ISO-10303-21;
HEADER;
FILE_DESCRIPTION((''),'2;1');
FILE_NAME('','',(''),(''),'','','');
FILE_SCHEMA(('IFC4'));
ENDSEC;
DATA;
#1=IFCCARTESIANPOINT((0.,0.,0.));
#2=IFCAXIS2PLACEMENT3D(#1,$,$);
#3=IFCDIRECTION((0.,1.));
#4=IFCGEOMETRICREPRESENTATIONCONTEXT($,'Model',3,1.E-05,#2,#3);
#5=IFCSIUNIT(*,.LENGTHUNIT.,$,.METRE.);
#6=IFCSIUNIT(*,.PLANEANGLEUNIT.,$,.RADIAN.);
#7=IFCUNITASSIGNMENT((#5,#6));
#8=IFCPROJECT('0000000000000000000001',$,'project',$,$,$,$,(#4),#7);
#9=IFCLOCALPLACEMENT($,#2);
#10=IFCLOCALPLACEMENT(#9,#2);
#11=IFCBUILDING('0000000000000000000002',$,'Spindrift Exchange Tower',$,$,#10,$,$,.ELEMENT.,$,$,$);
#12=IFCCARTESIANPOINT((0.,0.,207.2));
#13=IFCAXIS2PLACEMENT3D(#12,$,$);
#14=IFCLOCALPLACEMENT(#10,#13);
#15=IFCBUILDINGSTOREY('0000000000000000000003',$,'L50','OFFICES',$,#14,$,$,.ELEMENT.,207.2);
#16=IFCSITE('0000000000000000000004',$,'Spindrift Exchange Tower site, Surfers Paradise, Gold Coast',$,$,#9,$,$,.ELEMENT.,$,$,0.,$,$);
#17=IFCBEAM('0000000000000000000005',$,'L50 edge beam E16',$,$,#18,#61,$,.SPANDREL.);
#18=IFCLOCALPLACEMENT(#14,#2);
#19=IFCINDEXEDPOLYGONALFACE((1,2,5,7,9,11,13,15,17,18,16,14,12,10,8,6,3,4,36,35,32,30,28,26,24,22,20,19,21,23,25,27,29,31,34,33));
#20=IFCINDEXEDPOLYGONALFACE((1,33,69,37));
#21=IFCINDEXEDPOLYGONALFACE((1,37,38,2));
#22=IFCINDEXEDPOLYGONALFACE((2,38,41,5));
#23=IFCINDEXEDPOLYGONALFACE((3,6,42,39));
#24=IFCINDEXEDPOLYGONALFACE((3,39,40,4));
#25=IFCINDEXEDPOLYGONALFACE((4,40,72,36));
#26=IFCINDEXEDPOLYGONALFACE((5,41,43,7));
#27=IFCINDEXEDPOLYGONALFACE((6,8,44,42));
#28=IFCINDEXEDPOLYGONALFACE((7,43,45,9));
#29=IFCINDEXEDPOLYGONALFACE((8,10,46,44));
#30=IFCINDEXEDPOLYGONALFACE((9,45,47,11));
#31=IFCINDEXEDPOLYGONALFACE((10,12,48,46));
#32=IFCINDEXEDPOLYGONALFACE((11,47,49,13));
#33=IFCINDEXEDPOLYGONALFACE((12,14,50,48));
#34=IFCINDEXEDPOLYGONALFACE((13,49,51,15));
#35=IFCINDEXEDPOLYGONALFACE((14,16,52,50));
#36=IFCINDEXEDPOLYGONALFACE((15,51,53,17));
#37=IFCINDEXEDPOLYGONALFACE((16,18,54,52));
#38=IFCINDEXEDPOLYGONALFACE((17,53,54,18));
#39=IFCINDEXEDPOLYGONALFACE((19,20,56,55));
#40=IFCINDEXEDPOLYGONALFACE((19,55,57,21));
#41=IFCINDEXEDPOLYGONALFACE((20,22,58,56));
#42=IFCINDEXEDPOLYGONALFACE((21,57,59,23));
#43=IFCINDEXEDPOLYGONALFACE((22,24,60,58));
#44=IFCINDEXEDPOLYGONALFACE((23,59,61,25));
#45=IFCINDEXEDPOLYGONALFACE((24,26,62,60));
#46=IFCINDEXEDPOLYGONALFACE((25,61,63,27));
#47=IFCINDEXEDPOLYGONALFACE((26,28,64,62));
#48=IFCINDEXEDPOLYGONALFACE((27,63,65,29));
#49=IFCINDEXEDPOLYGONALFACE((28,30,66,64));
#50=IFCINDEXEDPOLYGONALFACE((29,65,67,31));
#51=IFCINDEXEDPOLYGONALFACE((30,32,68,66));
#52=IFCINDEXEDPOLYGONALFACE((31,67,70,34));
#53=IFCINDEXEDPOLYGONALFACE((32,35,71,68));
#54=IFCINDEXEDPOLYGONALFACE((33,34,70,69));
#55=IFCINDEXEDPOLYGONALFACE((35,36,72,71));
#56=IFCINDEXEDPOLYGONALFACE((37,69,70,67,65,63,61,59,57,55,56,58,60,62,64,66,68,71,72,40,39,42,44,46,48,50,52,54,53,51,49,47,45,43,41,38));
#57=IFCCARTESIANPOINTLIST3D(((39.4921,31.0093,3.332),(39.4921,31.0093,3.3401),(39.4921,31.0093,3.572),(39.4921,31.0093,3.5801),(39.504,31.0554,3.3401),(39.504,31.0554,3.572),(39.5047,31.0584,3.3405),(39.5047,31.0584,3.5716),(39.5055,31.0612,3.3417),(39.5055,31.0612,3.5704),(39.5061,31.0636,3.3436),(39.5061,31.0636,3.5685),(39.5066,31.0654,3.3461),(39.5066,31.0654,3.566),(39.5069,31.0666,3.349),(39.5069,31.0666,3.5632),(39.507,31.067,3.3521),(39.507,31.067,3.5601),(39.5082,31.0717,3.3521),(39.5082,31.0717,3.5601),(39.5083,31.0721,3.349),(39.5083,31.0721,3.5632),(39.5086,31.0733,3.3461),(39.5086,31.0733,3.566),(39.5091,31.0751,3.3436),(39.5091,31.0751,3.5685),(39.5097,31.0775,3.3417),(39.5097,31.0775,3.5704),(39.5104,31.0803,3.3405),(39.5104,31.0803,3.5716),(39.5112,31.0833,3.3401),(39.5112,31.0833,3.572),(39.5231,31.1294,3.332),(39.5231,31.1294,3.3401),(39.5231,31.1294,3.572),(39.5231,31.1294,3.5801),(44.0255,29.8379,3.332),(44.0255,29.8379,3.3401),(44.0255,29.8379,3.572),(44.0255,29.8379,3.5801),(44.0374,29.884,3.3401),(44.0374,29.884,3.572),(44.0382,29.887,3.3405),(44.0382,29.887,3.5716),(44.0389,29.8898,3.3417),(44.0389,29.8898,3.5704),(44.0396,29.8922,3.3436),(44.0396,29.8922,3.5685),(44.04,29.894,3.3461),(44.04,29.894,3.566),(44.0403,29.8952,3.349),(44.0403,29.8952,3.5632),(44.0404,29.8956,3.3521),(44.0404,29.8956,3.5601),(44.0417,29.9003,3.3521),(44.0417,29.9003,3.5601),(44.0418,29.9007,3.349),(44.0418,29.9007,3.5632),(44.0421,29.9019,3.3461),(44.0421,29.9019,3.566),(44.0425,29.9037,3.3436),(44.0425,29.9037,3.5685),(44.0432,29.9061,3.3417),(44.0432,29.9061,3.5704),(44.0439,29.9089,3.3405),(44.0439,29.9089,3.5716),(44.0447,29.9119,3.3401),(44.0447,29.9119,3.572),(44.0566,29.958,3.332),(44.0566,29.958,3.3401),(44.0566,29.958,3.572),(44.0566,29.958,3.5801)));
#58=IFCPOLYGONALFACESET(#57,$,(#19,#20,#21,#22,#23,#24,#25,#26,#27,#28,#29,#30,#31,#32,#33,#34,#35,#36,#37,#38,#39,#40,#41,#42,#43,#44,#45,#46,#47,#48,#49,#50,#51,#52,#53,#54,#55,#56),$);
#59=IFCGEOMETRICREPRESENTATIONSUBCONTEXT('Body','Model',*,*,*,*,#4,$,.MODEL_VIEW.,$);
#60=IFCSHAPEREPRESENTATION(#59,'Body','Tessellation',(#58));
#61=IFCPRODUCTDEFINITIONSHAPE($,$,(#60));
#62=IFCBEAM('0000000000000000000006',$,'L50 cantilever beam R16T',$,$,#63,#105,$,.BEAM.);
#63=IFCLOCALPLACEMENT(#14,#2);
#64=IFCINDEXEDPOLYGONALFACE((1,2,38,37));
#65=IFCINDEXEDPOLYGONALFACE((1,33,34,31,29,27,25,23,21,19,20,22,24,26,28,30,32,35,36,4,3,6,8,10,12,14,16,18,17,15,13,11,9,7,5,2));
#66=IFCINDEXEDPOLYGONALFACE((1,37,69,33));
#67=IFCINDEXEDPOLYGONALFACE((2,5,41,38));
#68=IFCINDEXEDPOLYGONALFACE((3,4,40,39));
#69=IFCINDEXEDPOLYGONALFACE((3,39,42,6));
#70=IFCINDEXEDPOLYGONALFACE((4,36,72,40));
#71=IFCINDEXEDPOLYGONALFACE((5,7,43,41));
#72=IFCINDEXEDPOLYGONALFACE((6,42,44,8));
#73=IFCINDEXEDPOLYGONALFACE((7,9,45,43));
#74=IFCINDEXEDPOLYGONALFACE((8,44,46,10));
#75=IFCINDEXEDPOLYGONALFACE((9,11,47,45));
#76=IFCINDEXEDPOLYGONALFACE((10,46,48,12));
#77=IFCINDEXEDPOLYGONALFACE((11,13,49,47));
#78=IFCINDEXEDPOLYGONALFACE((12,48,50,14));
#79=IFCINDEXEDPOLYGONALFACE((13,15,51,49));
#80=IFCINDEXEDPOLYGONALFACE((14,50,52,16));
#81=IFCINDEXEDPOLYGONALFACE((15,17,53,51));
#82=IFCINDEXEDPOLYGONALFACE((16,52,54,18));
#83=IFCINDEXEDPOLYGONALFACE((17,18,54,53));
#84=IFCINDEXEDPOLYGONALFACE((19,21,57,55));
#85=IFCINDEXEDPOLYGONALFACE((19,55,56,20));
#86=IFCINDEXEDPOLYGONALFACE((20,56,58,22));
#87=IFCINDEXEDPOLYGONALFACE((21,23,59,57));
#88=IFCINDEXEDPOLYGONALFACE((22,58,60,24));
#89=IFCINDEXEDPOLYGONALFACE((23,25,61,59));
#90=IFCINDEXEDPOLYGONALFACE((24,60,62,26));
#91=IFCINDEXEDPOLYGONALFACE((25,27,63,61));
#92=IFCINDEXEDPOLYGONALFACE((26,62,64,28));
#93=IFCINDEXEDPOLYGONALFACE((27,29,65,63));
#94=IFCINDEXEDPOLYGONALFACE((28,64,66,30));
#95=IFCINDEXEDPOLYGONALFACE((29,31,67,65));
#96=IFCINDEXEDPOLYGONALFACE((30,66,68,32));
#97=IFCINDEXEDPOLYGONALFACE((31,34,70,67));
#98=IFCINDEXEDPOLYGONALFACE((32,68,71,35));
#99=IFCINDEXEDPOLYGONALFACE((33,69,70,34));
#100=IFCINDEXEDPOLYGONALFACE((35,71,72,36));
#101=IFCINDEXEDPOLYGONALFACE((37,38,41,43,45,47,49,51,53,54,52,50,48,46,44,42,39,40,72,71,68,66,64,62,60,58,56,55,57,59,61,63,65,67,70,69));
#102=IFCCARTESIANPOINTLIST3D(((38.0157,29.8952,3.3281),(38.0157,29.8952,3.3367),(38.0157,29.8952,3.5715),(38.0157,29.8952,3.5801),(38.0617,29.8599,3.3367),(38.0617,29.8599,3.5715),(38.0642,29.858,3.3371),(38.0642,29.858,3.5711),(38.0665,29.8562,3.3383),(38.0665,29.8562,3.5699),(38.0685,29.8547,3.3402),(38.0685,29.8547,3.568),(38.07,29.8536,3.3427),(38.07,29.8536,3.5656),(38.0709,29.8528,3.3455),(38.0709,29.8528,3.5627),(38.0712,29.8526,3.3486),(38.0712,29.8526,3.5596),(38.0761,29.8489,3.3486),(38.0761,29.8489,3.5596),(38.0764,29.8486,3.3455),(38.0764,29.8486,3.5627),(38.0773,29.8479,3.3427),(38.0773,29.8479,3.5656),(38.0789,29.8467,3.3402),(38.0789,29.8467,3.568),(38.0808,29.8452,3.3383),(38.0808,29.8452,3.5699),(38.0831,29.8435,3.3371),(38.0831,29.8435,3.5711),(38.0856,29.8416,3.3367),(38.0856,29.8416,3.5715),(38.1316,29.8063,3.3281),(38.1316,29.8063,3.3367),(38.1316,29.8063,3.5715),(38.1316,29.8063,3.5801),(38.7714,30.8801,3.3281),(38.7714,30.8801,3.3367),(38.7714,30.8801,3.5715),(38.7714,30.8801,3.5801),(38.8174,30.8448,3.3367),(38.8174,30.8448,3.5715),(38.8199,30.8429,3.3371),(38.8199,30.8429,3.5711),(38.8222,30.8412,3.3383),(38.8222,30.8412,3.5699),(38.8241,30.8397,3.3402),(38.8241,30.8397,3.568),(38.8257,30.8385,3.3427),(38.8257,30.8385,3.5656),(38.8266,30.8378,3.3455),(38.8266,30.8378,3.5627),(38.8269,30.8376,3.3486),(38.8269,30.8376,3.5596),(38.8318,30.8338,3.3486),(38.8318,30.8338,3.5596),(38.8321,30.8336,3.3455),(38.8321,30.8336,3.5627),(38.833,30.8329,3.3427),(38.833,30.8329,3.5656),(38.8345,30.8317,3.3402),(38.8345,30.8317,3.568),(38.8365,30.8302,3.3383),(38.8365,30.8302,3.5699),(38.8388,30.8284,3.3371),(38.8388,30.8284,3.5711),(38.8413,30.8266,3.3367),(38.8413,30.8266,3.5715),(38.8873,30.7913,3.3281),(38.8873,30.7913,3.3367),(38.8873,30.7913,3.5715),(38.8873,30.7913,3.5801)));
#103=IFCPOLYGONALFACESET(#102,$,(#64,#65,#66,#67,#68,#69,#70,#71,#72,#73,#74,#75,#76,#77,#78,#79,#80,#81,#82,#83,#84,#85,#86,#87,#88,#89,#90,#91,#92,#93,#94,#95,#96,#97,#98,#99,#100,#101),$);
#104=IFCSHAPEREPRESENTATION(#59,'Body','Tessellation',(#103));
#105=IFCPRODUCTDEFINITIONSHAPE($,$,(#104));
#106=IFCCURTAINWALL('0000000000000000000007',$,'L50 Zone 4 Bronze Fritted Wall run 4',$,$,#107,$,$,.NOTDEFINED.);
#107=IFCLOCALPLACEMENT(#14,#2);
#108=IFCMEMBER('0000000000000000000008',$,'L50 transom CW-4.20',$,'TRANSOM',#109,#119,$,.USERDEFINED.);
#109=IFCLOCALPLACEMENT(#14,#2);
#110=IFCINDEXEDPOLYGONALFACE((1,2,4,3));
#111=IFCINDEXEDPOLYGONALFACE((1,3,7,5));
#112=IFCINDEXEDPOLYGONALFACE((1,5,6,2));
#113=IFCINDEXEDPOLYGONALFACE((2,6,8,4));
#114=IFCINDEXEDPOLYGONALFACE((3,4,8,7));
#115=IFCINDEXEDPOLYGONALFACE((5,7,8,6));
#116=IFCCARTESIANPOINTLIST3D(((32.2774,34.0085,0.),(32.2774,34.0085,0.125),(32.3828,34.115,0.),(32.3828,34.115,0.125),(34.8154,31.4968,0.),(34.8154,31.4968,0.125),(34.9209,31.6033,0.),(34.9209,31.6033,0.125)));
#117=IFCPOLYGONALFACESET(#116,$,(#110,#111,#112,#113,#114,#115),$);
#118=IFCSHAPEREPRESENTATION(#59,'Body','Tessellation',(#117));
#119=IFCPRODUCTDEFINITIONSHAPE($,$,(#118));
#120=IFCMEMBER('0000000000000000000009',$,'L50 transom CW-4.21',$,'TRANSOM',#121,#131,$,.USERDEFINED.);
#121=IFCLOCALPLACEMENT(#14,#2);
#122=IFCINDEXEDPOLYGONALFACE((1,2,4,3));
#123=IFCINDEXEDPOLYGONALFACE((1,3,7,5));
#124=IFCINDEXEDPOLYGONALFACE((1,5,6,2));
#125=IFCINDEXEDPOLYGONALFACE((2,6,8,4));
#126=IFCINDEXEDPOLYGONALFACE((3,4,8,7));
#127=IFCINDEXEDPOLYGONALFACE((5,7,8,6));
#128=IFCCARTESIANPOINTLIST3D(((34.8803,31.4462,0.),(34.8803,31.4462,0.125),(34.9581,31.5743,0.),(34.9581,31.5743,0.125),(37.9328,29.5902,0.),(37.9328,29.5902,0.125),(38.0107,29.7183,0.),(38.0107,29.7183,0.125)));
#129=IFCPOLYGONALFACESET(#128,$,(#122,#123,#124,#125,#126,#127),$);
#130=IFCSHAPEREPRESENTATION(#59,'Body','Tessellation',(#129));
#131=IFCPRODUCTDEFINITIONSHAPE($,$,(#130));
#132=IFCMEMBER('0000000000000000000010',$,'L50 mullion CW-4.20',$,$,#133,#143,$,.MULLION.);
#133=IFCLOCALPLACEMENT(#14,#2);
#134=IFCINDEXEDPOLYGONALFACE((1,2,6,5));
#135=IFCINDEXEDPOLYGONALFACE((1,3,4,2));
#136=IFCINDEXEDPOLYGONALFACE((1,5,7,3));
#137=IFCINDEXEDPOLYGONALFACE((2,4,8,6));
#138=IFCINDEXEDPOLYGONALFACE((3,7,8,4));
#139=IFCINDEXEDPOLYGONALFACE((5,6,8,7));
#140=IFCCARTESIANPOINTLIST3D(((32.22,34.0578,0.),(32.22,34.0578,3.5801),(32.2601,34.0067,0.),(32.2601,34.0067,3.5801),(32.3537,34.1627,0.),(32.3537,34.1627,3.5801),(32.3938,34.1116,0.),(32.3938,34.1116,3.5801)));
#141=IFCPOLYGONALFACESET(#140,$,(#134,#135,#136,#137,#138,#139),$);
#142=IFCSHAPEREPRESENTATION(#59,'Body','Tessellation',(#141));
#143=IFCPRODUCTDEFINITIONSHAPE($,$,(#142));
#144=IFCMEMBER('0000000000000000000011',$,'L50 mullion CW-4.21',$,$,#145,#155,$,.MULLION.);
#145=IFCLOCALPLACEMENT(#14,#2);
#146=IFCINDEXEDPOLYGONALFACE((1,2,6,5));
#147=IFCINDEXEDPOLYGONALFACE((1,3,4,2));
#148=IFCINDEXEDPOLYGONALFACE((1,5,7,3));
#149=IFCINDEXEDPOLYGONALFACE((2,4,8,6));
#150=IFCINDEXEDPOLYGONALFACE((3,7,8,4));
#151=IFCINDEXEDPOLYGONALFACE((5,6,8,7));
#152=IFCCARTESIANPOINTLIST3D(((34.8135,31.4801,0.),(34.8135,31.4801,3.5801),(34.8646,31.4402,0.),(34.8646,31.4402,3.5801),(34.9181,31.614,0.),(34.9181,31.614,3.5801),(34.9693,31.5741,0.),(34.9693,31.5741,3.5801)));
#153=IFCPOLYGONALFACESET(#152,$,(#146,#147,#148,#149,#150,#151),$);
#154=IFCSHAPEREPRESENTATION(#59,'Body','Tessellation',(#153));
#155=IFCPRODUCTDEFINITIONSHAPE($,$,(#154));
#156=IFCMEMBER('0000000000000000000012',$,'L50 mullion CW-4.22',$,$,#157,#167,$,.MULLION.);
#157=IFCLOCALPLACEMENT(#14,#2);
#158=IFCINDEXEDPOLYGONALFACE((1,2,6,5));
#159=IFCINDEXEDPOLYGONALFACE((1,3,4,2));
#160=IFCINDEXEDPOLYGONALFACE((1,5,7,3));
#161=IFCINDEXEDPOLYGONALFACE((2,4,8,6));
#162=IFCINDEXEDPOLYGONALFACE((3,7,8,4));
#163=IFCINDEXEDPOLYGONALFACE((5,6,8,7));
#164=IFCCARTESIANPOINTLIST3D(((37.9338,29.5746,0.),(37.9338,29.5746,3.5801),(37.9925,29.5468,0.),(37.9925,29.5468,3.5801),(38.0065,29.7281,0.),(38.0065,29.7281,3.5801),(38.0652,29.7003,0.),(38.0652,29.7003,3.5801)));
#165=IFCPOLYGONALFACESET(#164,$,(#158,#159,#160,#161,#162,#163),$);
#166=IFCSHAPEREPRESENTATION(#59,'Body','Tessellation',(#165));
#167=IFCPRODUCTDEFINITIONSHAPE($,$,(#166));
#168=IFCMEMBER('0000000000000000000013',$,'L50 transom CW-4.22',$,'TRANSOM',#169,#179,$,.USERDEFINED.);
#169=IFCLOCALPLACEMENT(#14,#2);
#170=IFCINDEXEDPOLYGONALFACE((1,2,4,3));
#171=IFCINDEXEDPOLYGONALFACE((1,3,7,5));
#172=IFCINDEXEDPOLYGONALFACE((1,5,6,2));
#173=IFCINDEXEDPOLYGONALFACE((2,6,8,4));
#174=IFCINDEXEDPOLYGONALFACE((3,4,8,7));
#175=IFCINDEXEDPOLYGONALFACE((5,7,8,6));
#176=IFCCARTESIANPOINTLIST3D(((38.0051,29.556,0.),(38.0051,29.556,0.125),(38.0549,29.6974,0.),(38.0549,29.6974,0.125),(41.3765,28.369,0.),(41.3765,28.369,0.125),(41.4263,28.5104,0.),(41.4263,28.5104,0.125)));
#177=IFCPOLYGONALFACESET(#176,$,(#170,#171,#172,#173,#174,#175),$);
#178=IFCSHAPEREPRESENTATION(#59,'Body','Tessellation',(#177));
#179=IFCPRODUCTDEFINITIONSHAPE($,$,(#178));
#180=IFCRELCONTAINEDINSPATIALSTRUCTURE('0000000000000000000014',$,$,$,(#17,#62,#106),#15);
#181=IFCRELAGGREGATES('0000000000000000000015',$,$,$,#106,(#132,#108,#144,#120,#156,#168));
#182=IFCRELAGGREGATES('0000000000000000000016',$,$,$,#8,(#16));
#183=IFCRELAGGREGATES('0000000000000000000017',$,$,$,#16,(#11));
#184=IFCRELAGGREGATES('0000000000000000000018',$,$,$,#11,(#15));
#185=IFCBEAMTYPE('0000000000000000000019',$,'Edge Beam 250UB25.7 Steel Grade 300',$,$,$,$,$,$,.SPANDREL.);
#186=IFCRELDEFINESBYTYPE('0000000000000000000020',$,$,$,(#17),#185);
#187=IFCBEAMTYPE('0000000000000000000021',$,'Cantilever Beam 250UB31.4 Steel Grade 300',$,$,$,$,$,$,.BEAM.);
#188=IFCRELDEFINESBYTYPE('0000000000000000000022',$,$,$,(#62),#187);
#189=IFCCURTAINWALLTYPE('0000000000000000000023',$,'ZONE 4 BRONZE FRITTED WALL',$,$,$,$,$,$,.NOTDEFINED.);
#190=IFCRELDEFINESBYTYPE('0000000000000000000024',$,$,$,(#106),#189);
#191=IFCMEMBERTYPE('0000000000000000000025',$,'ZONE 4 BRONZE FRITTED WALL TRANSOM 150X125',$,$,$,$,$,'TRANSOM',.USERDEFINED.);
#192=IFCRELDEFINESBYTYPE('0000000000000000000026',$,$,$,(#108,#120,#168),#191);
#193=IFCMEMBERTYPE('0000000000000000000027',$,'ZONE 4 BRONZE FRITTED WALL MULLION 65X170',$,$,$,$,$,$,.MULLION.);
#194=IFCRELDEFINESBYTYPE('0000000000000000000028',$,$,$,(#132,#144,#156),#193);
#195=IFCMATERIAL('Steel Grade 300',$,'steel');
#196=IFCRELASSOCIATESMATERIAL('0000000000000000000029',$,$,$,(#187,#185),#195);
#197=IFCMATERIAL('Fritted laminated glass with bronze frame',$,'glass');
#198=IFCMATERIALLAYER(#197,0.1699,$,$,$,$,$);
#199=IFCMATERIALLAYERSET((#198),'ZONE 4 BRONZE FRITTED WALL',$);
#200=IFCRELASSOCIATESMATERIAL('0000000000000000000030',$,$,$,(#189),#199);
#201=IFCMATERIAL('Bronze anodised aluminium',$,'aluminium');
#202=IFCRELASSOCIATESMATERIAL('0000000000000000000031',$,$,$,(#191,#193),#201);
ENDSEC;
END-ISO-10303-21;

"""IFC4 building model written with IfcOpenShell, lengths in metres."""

from ifc_helpers import new_model, si_unit, direction, frame, origin, origin_2d, place, context, subcontext, project, spatial, rectangle, i_section, extrude, source, transform, mapped, material, layer, layer_set, material_profile, profile_set, type_object, element, aggregate, save


model = new_model("IFC4")

# Units and contexts
model_context = context("Model", 3, precision=1e-05, world=origin(), true_north=direction((0.0, 1.0)))
body_context = subcontext(model_context, "Body", "Model", "MODEL_VIEW")
ifc_project = project(units=[si_unit("LENGTHUNIT", "METRE"), si_unit("PLANEANGLEUNIT", "RADIAN")], contexts=[model_context])

# Site, building, storey
site_placement = place(None, origin())
site = spatial("IfcSite", under=ifc_project, at=site_placement, Name="Spindrift Exchange Tower site, Surfers Paradise, Gold Coast", CompositionType="ELEMENT", RefElevation=0.0)
building_placement = place(site_placement, origin())
building = spatial("IfcBuilding", under=site, at=building_placement, Name="Spindrift Exchange Tower", CompositionType="ELEMENT")
storey_placement = place(building_placement, frame((0.0, 0.0, 207.2)))
storey = spatial("IfcBuildingStorey", under=building, at=storey_placement, Name="L50", Description="OFFICES", CompositionType="ELEMENT", Elevation=207.2)

# Beams
ifc_material_1 = material(Name="Steel Grade 300", Category="steel")
ifc_material_profile_1 = material_profile(ifc_material_1, i_section(OverallWidth=0.146, OverallDepth=0.252, WebThickness=0.0061, FlangeThickness=0.0085, FilletRadius=0.012, at=origin_2d()), Name="250UB31.4")
ifc_profile_set_1 = profile_set([ifc_material_profile_1], Name="Steel Grade 300")
beam_type_1 = type_object("IfcBeamType", Name="Cantilever Beam 250UB31.4 Steel Grade 300", PredefinedType="BEAM", material=ifc_profile_set_1)
ifc_material_profile_2 = material_profile(ifc_material_1, i_section(OverallWidth=0.124, OverallDepth=0.248, WebThickness=0.0049, FlangeThickness=0.0081, FilletRadius=0.012, at=origin_2d()), Name="250UB25.7")
ifc_profile_set_2 = profile_set([ifc_material_profile_2], Name="Steel Grade 300")
beam_type_2 = type_object("IfcBeamType", Name="Edge Beam 250UB25.7 Steel Grade 300", PredefinedType="SPANDREL", material=ifc_profile_set_2)
shared_shape_1 = source(origin(), body_context, "Body", "SweptSolid", [
    extrude(i_section(OverallWidth=0.124, OverallDepth=0.248, WebThickness=0.0049, FlangeThickness=0.0081, FilletRadius=0.012, at=origin_2d()), origin(), (0.0, 0.0, 1.0), 4.6824),
])
beam_1_placement = place(storey_placement, frame((39.5076, 31.0693, 3.4561), z_axis=(0.968202, -0.250171, 0.0), x_axis=(0.250171, 0.968202, 0.0)))
element("IfcBeam", 1, at=beam_1_placement, inside=storey, type_object=beam_type_2, Name="L50 edge beam E16", PredefinedType="SPANDREL", context=body_context, shape_type="MappedRepresentation", body=[
    mapped(shared_shape_1, transform((0.0, 0.0, 0.0), scale=1.0)),
])
shared_shape_2 = source(origin(), body_context, "Body", "SweptSolid", [
    extrude(i_section(OverallWidth=0.146, OverallDepth=0.252, WebThickness=0.0061, FlangeThickness=0.0085, FilletRadius=0.012, at=origin_2d()), origin(), (0.0, 0.0, 1.0), 1.2415),
])
beam_2_placement = place(storey_placement, frame((38.8293, 30.8357, 3.4541), z_axis=(-0.608712, -0.793391, 0.0), x_axis=(0.793391, -0.608712, 0.0)))
element("IfcBeam", 2, at=beam_2_placement, inside=storey, type_object=beam_type_1, Name="L50 cantilever beam R16T", PredefinedType="BEAM", context=body_context, shape_type="MappedRepresentation", body=[
    mapped(shared_shape_2, transform((0.0, 0.0, 0.0), scale=1.0)),
])

# Curtain wall, members
ifc_material_2 = material(Name="Fritted laminated glass with bronze frame", Category="glass")
ifc_layer_1 = layer(ifc_material_2, 0.1699)
ifc_layer_set_1 = layer_set([ifc_layer_1], Name="ZONE 4 BRONZE FRITTED WALL")
curtain_wall_type = type_object("IfcCurtainWallType", Name="ZONE 4 BRONZE FRITTED WALL", PredefinedType="NOTDEFINED", material=ifc_layer_set_1)
curtain_wall_placement = place(storey_placement, origin())
curtain_wall = element("IfcCurtainWall", 3, at=curtain_wall_placement, inside=storey, type_object=curtain_wall_type, Name="L50 Zone 4 Bronze Fritted Wall run 4", PredefinedType="NOTDEFINED")
ifc_material_3 = material(Name="Bronze anodised aluminium", Category="aluminium")
ifc_material_profile_3 = material_profile(ifc_material_3, rectangle(XDim=0.1499, YDim=0.125, at=origin_2d()), Name="ZONE 4 BRONZE FRITTED WALL TRANSOM 150X125")
ifc_profile_set_3 = profile_set([ifc_material_profile_3], Name="Bronze anodised aluminium")
member_type_1 = type_object("IfcMemberType", Name="ZONE 4 BRONZE FRITTED WALL TRANSOM 150X125", ElementType="TRANSOM", PredefinedType="USERDEFINED", material=ifc_profile_set_3)
shared_shape_3 = source(origin(), body_context, "Body", "SweptSolid", [
    extrude(rectangle(XDim=0.1499, YDim=0.125, at=origin_2d()), origin(), (0.0, 0.0, 1.0), 3.5708),
])
member_1_placement = place(storey_placement, frame((32.3301, 34.0618, 0.0625), z_axis=(0.710789, -0.703405, 0.0), x_axis=(0.703405, 0.710789, 0.0)))
member_1 = element("IfcMember", 4, at=member_1_placement, type_object=member_type_1, Name="L50 transom CW-4.20", ObjectType="TRANSOM", PredefinedType="USERDEFINED", context=body_context, shape_type="MappedRepresentation", body=[
    mapped(shared_shape_3, transform((0.0, 0.0, 0.0), scale=1.0)),
])
shared_shape_4 = source(origin(), body_context, "Body", "SweptSolid", [
    extrude(rectangle(XDim=0.1499, YDim=0.125, at=origin_2d()), origin(), (0.0, 0.0, 1.0), 3.5725),
])
member_2_placement = place(storey_placement, frame((34.9192, 31.5103, 0.0625), z_axis=(0.854457, -0.519522, 0.0), x_axis=(0.519522, 0.854457, 0.0)))
member_2 = element("IfcMember", 5, at=member_2_placement, type_object=member_type_1, Name="L50 transom CW-4.21", ObjectType="TRANSOM", PredefinedType="USERDEFINED", context=body_context, shape_type="MappedRepresentation", body=[
    mapped(shared_shape_4, transform((0.0, 0.0, 0.0), scale=1.0)),
])
ifc_material_profile_4 = material_profile(ifc_material_3, rectangle(XDim=0.0649, YDim=0.1699, at=origin_2d()), Name="ZONE 4 BRONZE FRITTED WALL MULLION 65X170")
ifc_profile_set_4 = profile_set([ifc_material_profile_4], Name="Bronze anodised aluminium")
member_type_2 = type_object("IfcMemberType", Name="ZONE 4 BRONZE FRITTED WALL MULLION 65X170", PredefinedType="MULLION", material=ifc_profile_set_4)
shared_shape_5 = source(origin(), body_context, "Body", "SweptSolid", [
    extrude(rectangle(XDim=0.0649, YDim=0.1699, at=origin_2d()), origin(), (0.0, 0.0, 1.0), 3.5801),
])
member_3_placement = place(storey_placement, frame((32.3069, 34.0847, 0.0), z_axis=(0.0, 0.0, 1.0), x_axis=(0.61719, -0.786814, 0.0)))
member_3 = element("IfcMember", 6, at=member_3_placement, type_object=member_type_2, Name="L50 mullion CW-4.20", PredefinedType="MULLION", context=body_context, shape_type="MappedRepresentation", body=[
    mapped(shared_shape_5, transform((0.0, 0.0, 0.0), scale=1.0)),
])
member_4_placement = place(storey_placement, frame((34.8914, 31.5271, 0.0), z_axis=(0.0, 0.0, 1.0), x_axis=(0.788013, -0.615658, 0.0)))
member_4 = element("IfcMember", 7, at=member_4_placement, type_object=member_type_2, Name="L50 mullion CW-4.21", PredefinedType="MULLION", context=body_context, shape_type="MappedRepresentation", body=[
    mapped(shared_shape_5, transform((0.0, 0.0, 0.0), scale=1.0)),
])
member_5_placement = place(storey_placement, frame((37.9995, 29.6375, 0.0), z_axis=(0.0, 0.0, 1.0), x_axis=(0.903724, -0.428116, 0.0)))
member_5 = element("IfcMember", 8, at=member_5_placement, type_object=member_type_2, Name="L50 mullion CW-4.22", PredefinedType="MULLION", context=body_context, shape_type="MappedRepresentation", body=[
    mapped(shared_shape_5, transform((0.0, 0.0, 0.0), scale=1.0)),
])
shared_shape_6 = source(origin(), body_context, "Body", "SweptSolid", [
    extrude(rectangle(XDim=0.1499, YDim=0.125, at=origin_2d()), origin(), (0.0, 0.0, 1.0), 3.5742),
])
member_6_placement = place(storey_placement, frame((38.03, 29.6267, 0.0625), z_axis=(0.943242, -0.332105, 0.0), x_axis=(0.332105, 0.943242, 0.0)))
member_6 = element("IfcMember", 9, at=member_6_placement, type_object=member_type_1, Name="L50 transom CW-4.22", ObjectType="TRANSOM", PredefinedType="USERDEFINED", context=body_context, shape_type="MappedRepresentation", body=[
    mapped(shared_shape_6, transform((0.0, 0.0, 0.0), scale=1.0)),
])

aggregate(curtain_wall, [member_3, member_1, member_4, member_2, member_5, member_6])

save(model, "model.ifc")
